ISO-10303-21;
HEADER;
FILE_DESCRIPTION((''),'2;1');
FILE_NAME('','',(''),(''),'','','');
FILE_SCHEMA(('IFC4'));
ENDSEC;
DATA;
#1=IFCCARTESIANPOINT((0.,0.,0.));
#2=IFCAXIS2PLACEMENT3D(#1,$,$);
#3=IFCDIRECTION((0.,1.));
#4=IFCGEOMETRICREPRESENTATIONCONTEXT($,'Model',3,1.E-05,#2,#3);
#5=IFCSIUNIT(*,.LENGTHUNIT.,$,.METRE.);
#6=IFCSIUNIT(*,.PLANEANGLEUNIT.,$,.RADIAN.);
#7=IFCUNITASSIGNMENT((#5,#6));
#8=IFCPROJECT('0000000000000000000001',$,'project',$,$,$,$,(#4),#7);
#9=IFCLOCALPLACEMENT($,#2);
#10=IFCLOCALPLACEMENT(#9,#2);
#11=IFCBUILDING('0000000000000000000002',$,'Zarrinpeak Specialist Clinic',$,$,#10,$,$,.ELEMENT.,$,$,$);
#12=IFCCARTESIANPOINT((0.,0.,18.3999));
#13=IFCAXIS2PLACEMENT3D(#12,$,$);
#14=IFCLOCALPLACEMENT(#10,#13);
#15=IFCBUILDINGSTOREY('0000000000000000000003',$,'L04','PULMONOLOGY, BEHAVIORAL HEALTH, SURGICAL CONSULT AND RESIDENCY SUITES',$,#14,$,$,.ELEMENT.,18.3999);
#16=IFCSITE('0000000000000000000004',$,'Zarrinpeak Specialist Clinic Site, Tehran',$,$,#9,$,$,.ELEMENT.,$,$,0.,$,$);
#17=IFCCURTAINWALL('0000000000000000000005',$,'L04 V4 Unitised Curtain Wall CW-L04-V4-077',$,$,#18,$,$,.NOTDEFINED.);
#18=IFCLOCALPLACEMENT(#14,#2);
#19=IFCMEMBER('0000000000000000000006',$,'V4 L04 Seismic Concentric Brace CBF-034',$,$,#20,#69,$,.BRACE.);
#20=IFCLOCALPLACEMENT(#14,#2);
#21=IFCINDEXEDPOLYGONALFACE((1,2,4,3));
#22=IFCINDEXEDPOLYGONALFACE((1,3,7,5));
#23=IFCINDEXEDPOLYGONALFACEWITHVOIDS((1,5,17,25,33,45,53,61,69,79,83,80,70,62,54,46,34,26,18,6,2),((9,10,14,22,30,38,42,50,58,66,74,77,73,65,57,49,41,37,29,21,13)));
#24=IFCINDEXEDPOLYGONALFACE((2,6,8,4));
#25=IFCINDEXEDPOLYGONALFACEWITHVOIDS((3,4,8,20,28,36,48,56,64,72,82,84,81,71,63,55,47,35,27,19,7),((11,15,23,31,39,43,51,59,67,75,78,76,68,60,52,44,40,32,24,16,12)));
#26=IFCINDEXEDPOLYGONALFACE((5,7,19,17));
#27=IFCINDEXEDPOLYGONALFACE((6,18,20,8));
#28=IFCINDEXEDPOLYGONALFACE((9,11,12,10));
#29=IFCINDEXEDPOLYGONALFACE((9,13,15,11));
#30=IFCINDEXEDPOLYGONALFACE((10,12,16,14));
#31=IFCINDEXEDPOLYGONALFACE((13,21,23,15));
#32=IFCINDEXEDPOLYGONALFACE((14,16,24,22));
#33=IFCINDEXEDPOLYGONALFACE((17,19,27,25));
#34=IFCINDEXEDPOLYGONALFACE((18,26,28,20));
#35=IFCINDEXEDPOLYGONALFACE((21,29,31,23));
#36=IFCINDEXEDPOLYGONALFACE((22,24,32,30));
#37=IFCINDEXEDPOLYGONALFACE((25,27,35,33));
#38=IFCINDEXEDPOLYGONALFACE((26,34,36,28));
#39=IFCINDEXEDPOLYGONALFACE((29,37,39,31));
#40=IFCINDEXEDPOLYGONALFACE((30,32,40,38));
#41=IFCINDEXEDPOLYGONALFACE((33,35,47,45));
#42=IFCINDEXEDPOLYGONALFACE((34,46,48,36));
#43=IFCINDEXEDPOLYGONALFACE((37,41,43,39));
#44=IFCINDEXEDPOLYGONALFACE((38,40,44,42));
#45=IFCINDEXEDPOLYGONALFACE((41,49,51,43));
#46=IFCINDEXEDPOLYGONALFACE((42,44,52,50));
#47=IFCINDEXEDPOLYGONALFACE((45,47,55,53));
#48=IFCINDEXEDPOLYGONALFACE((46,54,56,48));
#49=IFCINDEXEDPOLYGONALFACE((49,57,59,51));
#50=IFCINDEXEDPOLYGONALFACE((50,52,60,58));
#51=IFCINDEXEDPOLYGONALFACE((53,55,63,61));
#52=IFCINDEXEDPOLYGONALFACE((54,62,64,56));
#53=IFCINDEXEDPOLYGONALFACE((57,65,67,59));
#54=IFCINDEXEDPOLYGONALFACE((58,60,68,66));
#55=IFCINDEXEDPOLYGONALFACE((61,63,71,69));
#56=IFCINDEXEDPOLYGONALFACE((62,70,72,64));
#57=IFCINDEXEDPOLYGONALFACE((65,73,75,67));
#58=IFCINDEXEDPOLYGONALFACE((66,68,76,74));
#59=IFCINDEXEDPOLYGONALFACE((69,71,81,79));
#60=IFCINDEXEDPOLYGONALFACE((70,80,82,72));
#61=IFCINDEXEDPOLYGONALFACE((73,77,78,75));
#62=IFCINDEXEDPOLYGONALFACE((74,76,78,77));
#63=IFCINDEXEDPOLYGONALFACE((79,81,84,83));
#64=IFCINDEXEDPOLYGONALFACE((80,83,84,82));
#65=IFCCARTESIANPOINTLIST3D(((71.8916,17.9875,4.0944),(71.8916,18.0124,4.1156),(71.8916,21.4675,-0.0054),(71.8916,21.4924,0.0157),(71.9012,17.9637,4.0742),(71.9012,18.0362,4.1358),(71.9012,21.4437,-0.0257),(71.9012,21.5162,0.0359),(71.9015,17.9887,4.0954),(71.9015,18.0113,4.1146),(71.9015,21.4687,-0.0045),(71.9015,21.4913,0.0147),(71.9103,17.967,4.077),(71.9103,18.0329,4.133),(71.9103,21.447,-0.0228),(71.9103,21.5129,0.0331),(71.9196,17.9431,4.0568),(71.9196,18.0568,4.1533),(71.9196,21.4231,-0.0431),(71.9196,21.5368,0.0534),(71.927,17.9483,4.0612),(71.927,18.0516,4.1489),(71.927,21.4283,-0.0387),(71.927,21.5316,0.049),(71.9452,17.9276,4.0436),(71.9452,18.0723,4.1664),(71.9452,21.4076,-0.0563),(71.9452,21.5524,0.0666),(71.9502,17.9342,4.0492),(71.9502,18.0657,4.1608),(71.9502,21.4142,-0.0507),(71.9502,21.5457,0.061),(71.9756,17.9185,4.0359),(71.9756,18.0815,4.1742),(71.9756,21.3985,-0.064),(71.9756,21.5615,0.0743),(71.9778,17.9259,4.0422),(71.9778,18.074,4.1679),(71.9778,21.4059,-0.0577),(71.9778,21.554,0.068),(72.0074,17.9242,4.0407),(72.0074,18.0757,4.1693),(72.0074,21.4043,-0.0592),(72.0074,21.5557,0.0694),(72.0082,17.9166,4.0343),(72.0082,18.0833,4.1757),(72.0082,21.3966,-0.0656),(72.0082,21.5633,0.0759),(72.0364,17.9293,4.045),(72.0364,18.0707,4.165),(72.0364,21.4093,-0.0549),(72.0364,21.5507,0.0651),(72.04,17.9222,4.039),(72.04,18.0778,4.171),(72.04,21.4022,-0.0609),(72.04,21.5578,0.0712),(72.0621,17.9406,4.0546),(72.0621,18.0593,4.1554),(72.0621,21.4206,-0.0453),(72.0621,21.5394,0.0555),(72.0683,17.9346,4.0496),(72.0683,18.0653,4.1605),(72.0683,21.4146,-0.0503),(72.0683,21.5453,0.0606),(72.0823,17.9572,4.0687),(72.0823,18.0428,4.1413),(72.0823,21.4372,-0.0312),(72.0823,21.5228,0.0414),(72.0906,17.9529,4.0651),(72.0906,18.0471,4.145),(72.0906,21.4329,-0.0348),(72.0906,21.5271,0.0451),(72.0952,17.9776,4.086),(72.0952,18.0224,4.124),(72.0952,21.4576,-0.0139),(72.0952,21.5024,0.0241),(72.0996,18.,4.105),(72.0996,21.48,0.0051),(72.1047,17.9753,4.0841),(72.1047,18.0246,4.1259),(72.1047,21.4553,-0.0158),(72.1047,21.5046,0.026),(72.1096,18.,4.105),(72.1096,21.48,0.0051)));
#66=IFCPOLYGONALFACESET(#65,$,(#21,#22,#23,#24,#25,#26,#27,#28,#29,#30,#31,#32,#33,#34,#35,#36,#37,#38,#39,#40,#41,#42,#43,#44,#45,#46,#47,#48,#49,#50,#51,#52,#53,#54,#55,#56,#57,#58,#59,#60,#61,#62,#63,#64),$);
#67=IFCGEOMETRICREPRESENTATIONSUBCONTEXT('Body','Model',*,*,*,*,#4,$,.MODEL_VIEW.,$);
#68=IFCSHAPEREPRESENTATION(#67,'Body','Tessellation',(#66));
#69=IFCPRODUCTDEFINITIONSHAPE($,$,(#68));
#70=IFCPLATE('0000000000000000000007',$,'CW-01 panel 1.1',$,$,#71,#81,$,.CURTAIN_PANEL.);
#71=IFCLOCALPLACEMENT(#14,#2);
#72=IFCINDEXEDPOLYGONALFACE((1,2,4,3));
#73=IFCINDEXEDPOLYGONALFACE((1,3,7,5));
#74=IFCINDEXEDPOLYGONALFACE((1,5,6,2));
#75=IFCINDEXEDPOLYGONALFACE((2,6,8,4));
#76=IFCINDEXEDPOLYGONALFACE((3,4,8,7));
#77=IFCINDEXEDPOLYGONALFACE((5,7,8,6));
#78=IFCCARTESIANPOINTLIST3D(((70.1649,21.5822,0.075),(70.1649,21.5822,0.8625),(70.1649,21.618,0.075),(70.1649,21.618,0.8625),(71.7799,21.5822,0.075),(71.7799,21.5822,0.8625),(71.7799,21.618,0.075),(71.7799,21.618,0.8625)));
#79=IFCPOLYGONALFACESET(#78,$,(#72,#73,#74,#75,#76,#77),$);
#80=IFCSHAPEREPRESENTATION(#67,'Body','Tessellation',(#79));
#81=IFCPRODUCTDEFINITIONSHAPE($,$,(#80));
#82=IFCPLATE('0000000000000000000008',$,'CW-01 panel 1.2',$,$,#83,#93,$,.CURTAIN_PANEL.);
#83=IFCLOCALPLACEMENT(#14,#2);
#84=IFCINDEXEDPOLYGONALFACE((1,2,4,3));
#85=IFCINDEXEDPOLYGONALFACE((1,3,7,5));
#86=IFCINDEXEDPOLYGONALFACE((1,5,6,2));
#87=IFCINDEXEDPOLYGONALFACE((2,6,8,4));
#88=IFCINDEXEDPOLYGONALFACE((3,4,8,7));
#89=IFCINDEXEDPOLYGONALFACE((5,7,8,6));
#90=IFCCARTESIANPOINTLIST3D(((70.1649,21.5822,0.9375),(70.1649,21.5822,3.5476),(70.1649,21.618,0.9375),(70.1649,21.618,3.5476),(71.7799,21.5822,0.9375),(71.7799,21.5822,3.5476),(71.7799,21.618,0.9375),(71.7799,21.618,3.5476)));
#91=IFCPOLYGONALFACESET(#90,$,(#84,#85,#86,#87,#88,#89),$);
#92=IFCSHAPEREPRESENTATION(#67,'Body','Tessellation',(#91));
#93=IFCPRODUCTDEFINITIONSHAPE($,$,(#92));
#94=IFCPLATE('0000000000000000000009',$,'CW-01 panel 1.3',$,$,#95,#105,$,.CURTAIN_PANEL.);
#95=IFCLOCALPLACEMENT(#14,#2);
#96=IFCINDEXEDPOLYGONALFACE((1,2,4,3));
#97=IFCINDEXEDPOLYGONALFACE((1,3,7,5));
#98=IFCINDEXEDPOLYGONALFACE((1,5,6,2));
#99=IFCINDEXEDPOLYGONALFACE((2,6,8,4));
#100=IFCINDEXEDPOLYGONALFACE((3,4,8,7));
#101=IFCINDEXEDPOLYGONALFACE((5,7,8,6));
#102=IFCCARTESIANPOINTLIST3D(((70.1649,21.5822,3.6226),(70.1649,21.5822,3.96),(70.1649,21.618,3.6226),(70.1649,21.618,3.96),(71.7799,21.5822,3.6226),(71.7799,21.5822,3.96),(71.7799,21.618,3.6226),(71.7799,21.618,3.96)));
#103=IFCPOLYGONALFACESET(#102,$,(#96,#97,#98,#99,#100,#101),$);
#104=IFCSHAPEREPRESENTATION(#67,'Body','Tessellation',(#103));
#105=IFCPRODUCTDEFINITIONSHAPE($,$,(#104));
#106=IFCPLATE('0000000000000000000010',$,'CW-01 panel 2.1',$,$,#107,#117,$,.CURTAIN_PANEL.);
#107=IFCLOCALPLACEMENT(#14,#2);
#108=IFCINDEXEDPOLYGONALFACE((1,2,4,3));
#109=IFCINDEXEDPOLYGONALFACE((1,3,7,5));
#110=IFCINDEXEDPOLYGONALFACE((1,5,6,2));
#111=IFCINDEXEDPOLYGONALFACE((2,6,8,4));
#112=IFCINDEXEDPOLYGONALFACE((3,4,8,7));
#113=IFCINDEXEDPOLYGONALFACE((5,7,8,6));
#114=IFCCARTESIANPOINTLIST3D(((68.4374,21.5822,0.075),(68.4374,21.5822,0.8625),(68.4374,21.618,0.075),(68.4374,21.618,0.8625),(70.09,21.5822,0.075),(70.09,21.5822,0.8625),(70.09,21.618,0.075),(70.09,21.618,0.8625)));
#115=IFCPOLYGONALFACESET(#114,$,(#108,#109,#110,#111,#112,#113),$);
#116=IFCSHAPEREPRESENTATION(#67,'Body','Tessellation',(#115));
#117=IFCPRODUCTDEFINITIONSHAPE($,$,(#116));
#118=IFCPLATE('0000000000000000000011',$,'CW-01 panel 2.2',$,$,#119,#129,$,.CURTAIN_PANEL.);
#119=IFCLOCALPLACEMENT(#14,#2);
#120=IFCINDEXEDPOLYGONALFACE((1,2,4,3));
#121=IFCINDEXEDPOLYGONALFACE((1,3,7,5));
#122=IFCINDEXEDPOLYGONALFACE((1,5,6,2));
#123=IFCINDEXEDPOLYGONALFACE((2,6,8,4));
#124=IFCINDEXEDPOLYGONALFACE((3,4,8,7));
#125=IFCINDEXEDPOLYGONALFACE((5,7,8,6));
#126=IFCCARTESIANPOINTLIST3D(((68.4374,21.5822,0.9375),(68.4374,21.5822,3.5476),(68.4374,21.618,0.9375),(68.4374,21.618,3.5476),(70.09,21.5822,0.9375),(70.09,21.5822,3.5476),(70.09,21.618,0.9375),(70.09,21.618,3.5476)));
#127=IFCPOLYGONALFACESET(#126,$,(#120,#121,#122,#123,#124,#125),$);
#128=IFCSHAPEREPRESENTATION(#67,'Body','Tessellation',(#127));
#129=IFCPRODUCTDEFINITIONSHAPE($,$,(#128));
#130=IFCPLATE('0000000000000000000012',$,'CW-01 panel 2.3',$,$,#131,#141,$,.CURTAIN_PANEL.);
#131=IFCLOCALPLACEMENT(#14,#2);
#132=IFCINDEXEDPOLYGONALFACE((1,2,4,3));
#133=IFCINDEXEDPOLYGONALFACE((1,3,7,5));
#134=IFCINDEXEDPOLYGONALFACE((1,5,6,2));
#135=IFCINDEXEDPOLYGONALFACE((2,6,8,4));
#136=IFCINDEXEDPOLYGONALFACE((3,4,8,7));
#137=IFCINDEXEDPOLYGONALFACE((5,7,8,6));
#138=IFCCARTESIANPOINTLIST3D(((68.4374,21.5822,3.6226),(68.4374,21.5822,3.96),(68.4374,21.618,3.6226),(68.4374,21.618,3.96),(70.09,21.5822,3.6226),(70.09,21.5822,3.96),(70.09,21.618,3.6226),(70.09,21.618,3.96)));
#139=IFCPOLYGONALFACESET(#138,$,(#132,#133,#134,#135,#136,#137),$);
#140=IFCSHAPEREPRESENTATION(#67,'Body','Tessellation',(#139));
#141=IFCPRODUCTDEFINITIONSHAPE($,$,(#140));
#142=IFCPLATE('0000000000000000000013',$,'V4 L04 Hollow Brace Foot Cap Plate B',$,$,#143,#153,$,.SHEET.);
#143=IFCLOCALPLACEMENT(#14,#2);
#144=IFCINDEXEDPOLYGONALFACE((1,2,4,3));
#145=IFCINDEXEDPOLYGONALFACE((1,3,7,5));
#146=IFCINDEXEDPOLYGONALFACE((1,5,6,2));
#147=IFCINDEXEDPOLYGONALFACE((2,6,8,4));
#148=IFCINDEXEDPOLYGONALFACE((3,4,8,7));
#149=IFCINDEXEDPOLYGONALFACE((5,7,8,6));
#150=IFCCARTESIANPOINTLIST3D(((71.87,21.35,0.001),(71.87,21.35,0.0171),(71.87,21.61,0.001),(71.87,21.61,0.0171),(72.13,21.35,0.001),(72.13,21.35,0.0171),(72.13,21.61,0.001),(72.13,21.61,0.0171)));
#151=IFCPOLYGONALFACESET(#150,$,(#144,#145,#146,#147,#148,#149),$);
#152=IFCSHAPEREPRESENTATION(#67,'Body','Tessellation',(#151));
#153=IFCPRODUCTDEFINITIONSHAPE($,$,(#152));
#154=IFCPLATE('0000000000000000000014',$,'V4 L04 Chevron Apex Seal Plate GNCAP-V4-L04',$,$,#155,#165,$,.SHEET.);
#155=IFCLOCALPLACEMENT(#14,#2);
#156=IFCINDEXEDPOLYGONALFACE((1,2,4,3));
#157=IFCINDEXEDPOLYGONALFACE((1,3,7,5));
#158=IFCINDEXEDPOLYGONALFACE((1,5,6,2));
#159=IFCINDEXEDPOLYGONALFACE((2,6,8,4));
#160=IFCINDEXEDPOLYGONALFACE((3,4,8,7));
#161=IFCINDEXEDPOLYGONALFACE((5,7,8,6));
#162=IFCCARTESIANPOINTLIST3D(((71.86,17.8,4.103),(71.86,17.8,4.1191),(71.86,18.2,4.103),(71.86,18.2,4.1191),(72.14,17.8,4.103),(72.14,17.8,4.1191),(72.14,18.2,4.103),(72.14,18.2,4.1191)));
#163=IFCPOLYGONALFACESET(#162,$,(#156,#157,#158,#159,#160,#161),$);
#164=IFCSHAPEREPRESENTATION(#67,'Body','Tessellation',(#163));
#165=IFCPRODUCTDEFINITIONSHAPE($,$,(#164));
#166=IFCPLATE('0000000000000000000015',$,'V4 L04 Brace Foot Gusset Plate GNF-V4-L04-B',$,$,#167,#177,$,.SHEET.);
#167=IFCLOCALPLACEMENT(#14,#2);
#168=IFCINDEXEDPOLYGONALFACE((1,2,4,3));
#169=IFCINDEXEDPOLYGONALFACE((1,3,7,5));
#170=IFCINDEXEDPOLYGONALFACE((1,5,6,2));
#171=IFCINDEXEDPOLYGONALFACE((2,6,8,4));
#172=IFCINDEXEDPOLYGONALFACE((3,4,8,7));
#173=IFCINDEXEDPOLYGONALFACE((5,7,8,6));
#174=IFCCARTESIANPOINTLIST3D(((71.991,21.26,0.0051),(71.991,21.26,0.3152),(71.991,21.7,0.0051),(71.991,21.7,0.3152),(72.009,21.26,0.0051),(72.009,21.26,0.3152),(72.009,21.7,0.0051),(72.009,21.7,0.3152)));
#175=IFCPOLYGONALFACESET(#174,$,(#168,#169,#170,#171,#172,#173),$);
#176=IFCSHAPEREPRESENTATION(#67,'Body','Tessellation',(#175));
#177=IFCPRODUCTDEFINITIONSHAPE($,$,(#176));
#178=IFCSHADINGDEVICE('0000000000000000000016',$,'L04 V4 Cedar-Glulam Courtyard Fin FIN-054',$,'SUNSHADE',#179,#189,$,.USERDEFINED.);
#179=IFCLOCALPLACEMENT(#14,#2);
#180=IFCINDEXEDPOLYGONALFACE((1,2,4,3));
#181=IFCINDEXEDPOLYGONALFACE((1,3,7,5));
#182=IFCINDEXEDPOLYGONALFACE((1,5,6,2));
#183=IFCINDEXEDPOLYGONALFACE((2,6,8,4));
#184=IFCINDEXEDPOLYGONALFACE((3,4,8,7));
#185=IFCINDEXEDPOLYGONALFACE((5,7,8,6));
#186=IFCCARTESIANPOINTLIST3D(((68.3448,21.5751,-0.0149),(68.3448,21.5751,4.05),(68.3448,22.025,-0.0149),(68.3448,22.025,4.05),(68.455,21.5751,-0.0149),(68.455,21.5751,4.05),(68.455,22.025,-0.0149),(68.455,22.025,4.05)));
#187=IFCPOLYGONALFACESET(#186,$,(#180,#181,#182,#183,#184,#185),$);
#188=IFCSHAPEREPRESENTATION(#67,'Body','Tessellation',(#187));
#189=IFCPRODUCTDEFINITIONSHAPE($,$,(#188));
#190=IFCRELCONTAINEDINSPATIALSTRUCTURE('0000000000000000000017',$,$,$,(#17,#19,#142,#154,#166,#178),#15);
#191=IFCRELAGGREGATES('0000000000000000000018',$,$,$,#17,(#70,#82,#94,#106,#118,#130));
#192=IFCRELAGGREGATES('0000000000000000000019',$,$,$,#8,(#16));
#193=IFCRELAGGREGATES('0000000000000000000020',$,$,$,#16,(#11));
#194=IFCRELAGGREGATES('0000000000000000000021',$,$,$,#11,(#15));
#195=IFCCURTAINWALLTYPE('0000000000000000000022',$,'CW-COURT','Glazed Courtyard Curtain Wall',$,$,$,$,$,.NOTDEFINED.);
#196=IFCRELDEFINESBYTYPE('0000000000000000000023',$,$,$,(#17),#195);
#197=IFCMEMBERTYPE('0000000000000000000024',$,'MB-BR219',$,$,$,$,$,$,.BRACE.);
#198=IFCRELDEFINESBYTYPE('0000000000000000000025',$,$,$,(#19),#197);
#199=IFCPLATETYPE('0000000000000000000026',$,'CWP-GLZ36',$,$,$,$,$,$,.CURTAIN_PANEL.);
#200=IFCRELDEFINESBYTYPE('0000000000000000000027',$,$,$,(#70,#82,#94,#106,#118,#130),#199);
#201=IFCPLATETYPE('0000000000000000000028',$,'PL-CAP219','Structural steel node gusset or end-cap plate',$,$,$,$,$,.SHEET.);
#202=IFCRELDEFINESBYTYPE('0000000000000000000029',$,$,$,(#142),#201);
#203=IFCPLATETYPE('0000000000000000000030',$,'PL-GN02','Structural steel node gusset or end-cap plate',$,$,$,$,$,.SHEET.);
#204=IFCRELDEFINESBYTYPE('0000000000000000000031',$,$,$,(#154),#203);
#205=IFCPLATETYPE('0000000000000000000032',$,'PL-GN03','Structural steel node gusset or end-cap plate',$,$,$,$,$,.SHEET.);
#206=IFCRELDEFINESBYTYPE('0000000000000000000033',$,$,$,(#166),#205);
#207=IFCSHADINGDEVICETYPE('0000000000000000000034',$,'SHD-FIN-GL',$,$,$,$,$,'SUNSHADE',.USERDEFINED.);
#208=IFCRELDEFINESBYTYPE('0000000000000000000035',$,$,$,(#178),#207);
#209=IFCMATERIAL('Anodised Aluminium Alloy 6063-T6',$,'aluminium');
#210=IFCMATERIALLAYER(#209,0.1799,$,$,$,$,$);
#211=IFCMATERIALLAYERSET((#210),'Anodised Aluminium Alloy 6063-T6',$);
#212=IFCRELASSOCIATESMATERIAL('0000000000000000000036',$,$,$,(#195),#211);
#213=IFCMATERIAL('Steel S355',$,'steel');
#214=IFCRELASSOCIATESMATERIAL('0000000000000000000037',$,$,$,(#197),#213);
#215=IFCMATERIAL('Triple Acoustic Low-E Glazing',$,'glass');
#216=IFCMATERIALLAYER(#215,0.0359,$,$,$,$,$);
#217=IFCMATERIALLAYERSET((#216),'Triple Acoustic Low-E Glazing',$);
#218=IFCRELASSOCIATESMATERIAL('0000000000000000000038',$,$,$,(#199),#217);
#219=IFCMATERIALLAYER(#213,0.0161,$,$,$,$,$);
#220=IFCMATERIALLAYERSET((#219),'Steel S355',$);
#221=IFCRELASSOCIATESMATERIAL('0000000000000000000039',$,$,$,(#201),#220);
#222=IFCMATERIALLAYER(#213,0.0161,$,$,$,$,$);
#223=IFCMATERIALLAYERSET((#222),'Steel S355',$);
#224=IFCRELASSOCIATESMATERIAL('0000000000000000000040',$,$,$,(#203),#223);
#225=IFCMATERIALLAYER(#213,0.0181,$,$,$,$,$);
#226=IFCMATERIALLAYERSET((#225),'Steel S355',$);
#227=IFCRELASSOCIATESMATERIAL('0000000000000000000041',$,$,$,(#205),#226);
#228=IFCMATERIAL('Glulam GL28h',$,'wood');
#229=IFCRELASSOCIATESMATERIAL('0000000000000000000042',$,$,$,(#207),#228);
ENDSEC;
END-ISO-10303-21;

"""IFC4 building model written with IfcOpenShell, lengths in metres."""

from ifc_helpers import new_model, si_unit, direction, frame, origin, origin_2d, place, context, subcontext, project, spatial, rectangle, hollow_circle, extrude, material, layer, layer_set, material_profile, profile_set, type_object, element, aggregate, save


model = new_model("IFC4")

# Units and contexts
model_context = context("Model", 3, precision=1e-05, world=origin(), true_north=direction((0.0, 1.0)))
body_context = subcontext(model_context, "Body", "Model", "MODEL_VIEW")
ifc_project = project(units=[si_unit("LENGTHUNIT", "METRE"), si_unit("PLANEANGLEUNIT", "RADIAN")], contexts=[model_context])

# Site, building, storey
site_placement = place(None, origin())
site = spatial("IfcSite", under=ifc_project, at=site_placement, Name="Zarrinpeak Specialist Clinic Site, Tehran", CompositionType="ELEMENT", RefElevation=0.0)
building_placement = place(site_placement, origin())
building = spatial("IfcBuilding", under=site, at=building_placement, Name="Zarrinpeak Specialist Clinic", CompositionType="ELEMENT")
storey_placement = place(building_placement, frame((0.0, 0.0, 18.3999)))
storey = spatial("IfcBuildingStorey", under=building, at=storey_placement, Name="L04", Description="PULMONOLOGY, BEHAVIORAL HEALTH, SURGICAL CONSULT AND RESIDENCY SUITES", CompositionType="ELEMENT", Elevation=18.3999)

# Shared definitions
ifc_material_1 = material(Name="Steel S355", Category="steel")

# Curtain wall
ifc_material_2 = material(Name="Anodised Aluminium Alloy 6063-T6", Category="aluminium")
ifc_layer_1 = layer(ifc_material_2, 0.1799)
ifc_layer_set_1 = layer_set([ifc_layer_1], Name="Anodised Aluminium Alloy 6063-T6")
curtain_wall_type = type_object("IfcCurtainWallType", Name="CW-COURT", Description="Glazed Courtyard Curtain Wall", PredefinedType="NOTDEFINED", material=ifc_layer_set_1)
curtain_wall_placement = place(storey_placement, origin())
curtain_wall = element("IfcCurtainWall", 1, at=curtain_wall_placement, inside=storey, type_object=curtain_wall_type, Name="L04 V4 Unitised Curtain Wall CW-L04-V4-077", PredefinedType="NOTDEFINED")

# Member
ifc_material_profile_1 = material_profile(ifc_material_1, hollow_circle(Radius=0.1096, WallThickness=0.01, at=origin_2d()), Name="CHS 219.1x10.0")
ifc_profile_set_1 = profile_set([ifc_material_profile_1], Name="Steel S355")
member_type_1 = type_object("IfcMemberType", Name="MB-BR219", PredefinedType="BRACE", material=ifc_profile_set_1)
member_1_placement = place(storey_placement, frame((72.0, 21.48, 0.0051), z_axis=(0.0, -0.64712, 0.762388), x_axis=(1.0, 0.0, 0.0)))
element("IfcMember", 2, at=member_1_placement, inside=storey, type_object=member_type_1, Name="V4 L04 Seismic Concentric Brace CBF-034", PredefinedType="BRACE", context=body_context, shape_type="SweptSolid", body=[
    extrude(hollow_circle(Radius=0.1096, WallThickness=0.01, at=origin_2d()), origin(), (0.0, 0.0, 1.0), 5.3777),
])

# Plates
ifc_material_3 = material(Name="Triple Acoustic Low-E Glazing", Category="glass")
ifc_layer_2 = layer(ifc_material_3, 0.0359)
ifc_layer_set_2 = layer_set([ifc_layer_2], Name="Triple Acoustic Low-E Glazing")
plate_type_1 = type_object("IfcPlateType", Name="CWP-GLZ36", PredefinedType="CURTAIN_PANEL", material=ifc_layer_set_2)
plate_1_placement = place(storey_placement, frame((70.9724, 21.6001, 0.075), z_axis=(0.0, 0.0, 1.0), x_axis=(-1.0, 0.0, 0.0)))
plate_1 = element("IfcPlate", 3, at=plate_1_placement, type_object=plate_type_1, Name="CW-01 panel 1.1", PredefinedType="CURTAIN_PANEL", context=body_context, shape_type="SweptSolid", body=[
    extrude(rectangle(XDim=1.615, YDim=0.0359, at=origin_2d()), origin(), (0.0, 0.0, 1.0), 0.7876),
])
plate_2_placement = place(storey_placement, frame((70.9724, 21.6001, 0.9375), z_axis=(0.0, 0.0, 1.0), x_axis=(-1.0, 0.0, 0.0)))
plate_2 = element("IfcPlate", 4, at=plate_2_placement, type_object=plate_type_1, Name="CW-01 panel 1.2", PredefinedType="CURTAIN_PANEL", context=body_context, shape_type="SweptSolid", body=[
    extrude(rectangle(XDim=1.615, YDim=0.0359, at=origin_2d()), origin(), (0.0, 0.0, 1.0), 2.6101),
])
plate_3_placement = place(storey_placement, frame((70.9724, 21.6001, 3.6226), z_axis=(0.0, 0.0, 1.0), x_axis=(-1.0, 0.0, 0.0)))
plate_3 = element("IfcPlate", 5, at=plate_3_placement, type_object=plate_type_1, Name="CW-01 panel 1.3", PredefinedType="CURTAIN_PANEL", context=body_context, shape_type="SweptSolid", body=[
    extrude(rectangle(XDim=1.615, YDim=0.0359, at=origin_2d()), origin(), (0.0, 0.0, 1.0), 0.3374),
])
plate_4_placement = place(storey_placement, frame((69.2637, 21.6001, 0.075), z_axis=(0.0, 0.0, 1.0), x_axis=(-1.0, 0.0, 0.0)))
plate_4 = element("IfcPlate", 6, at=plate_4_placement, type_object=plate_type_1, Name="CW-01 panel 2.1", PredefinedType="CURTAIN_PANEL", context=body_context, shape_type="SweptSolid", body=[
    extrude(rectangle(XDim=1.6526, YDim=0.0359, at=origin_2d()), origin(), (0.0, 0.0, 1.0), 0.7876),
])
plate_5_placement = place(storey_placement, frame((69.2637, 21.6001, 0.9375), z_axis=(0.0, 0.0, 1.0), x_axis=(-1.0, 0.0, 0.0)))
plate_5 = element("IfcPlate", 7, at=plate_5_placement, type_object=plate_type_1, Name="CW-01 panel 2.2", PredefinedType="CURTAIN_PANEL", context=body_context, shape_type="SweptSolid", body=[
    extrude(rectangle(XDim=1.6526, YDim=0.0359, at=origin_2d()), origin(), (0.0, 0.0, 1.0), 2.6101),
])
plate_6_placement = place(storey_placement, frame((69.2637, 21.6001, 3.6226), z_axis=(0.0, 0.0, 1.0), x_axis=(-1.0, 0.0, 0.0)))
plate_6 = element("IfcPlate", 8, at=plate_6_placement, type_object=plate_type_1, Name="CW-01 panel 2.3", PredefinedType="CURTAIN_PANEL", context=body_context, shape_type="SweptSolid", body=[
    extrude(rectangle(XDim=1.6526, YDim=0.0359, at=origin_2d()), origin(), (0.0, 0.0, 1.0), 0.3374),
])
aggregate(curtain_wall, [plate_1, plate_2, plate_3, plate_4, plate_5, plate_6])

# Plates
ifc_layer_3 = layer(ifc_material_1, 0.0161)
ifc_layer_set_3 = layer_set([ifc_layer_3], Name="Steel S355")
plate_type_2 = type_object("IfcPlateType", Name="PL-CAP219", Description="Structural steel node gusset or end-cap plate", PredefinedType="SHEET", material=ifc_layer_set_3)
plate_7_placement = place(storey_placement, frame((72.0, 21.48, 0.001), z_axis=(0.0, 0.0, 1.0), x_axis=(1.0, 0.0, 0.0)))
element("IfcPlate", 9, at=plate_7_placement, inside=storey, type_object=plate_type_2, Name="V4 L04 Hollow Brace Foot Cap Plate B", PredefinedType="SHEET", context=body_context, shape_type="SweptSolid", body=[
    extrude(rectangle(XDim=0.26, YDim=0.26, at=origin_2d()), origin(), (0.0, 0.0, 1.0), 0.0161),
])
ifc_layer_4 = layer(ifc_material_1, 0.0161)
ifc_layer_set_4 = layer_set([ifc_layer_4], Name="Steel S355")
plate_type_3 = type_object("IfcPlateType", Name="PL-GN02", Description="Structural steel node gusset or end-cap plate", PredefinedType="SHEET", material=ifc_layer_set_4)
plate_8_placement = place(storey_placement, frame((72.0, 18.0, 4.103), z_axis=(0.0, 0.0, 1.0), x_axis=(1.0, 0.0, 0.0)))
element("IfcPlate", 10, at=plate_8_placement, inside=storey, type_object=plate_type_3, Name="V4 L04 Chevron Apex Seal Plate GNCAP-V4-L04", PredefinedType="SHEET", context=body_context, shape_type="SweptSolid", body=[
    extrude(rectangle(XDim=0.28, YDim=0.3999, at=origin_2d()), origin(), (0.0, 0.0, 1.0), 0.0161),
])
ifc_layer_5 = layer(ifc_material_1, 0.0181)
ifc_layer_set_5 = layer_set([ifc_layer_5], Name="Steel S355")
plate_type_4 = type_object("IfcPlateType", Name="PL-GN03", Description="Structural steel node gusset or end-cap plate", PredefinedType="SHEET", material=ifc_layer_set_5)
plate_9_placement = place(storey_placement, frame((72.0, 21.48, 0.0051), z_axis=(0.0, 0.0, 1.0), x_axis=(1.0, 0.0, 0.0)))
element("IfcPlate", 11, at=plate_9_placement, inside=storey, type_object=plate_type_4, Name="V4 L04 Brace Foot Gusset Plate GNF-V4-L04-B", PredefinedType="SHEET", context=body_context, shape_type="SweptSolid", body=[
    extrude(rectangle(XDim=0.0181, YDim=0.4399, at=origin_2d()), origin(), (0.0, 0.0, 1.0), 0.3101),
])

# Shading device
ifc_material_4 = material(Name="Glulam GL28h", Category="wood")
shading_device_type = type_object("IfcShadingDeviceType", Name="SHD-FIN-GL", ElementType="SUNSHADE", PredefinedType="USERDEFINED", material=ifc_material_4)
shading_device_placement = place(storey_placement, frame((68.3999, 21.8, -0.0149), z_axis=(0.0, 0.0, 1.0), x_axis=(1.0, 0.0, 0.0)))
element("IfcShadingDevice", 12, at=shading_device_placement, inside=storey, type_object=shading_device_type, Name="L04 V4 Cedar-Glulam Courtyard Fin FIN-054", ObjectType="SUNSHADE", PredefinedType="USERDEFINED", context=body_context, shape_type="SweptSolid", body=[
    extrude(rectangle(XDim=0.1101, YDim=0.45, at=origin_2d()), origin(), (0.0, 0.0, 1.0), 4.0649),
])

save(model, "model.ifc")
